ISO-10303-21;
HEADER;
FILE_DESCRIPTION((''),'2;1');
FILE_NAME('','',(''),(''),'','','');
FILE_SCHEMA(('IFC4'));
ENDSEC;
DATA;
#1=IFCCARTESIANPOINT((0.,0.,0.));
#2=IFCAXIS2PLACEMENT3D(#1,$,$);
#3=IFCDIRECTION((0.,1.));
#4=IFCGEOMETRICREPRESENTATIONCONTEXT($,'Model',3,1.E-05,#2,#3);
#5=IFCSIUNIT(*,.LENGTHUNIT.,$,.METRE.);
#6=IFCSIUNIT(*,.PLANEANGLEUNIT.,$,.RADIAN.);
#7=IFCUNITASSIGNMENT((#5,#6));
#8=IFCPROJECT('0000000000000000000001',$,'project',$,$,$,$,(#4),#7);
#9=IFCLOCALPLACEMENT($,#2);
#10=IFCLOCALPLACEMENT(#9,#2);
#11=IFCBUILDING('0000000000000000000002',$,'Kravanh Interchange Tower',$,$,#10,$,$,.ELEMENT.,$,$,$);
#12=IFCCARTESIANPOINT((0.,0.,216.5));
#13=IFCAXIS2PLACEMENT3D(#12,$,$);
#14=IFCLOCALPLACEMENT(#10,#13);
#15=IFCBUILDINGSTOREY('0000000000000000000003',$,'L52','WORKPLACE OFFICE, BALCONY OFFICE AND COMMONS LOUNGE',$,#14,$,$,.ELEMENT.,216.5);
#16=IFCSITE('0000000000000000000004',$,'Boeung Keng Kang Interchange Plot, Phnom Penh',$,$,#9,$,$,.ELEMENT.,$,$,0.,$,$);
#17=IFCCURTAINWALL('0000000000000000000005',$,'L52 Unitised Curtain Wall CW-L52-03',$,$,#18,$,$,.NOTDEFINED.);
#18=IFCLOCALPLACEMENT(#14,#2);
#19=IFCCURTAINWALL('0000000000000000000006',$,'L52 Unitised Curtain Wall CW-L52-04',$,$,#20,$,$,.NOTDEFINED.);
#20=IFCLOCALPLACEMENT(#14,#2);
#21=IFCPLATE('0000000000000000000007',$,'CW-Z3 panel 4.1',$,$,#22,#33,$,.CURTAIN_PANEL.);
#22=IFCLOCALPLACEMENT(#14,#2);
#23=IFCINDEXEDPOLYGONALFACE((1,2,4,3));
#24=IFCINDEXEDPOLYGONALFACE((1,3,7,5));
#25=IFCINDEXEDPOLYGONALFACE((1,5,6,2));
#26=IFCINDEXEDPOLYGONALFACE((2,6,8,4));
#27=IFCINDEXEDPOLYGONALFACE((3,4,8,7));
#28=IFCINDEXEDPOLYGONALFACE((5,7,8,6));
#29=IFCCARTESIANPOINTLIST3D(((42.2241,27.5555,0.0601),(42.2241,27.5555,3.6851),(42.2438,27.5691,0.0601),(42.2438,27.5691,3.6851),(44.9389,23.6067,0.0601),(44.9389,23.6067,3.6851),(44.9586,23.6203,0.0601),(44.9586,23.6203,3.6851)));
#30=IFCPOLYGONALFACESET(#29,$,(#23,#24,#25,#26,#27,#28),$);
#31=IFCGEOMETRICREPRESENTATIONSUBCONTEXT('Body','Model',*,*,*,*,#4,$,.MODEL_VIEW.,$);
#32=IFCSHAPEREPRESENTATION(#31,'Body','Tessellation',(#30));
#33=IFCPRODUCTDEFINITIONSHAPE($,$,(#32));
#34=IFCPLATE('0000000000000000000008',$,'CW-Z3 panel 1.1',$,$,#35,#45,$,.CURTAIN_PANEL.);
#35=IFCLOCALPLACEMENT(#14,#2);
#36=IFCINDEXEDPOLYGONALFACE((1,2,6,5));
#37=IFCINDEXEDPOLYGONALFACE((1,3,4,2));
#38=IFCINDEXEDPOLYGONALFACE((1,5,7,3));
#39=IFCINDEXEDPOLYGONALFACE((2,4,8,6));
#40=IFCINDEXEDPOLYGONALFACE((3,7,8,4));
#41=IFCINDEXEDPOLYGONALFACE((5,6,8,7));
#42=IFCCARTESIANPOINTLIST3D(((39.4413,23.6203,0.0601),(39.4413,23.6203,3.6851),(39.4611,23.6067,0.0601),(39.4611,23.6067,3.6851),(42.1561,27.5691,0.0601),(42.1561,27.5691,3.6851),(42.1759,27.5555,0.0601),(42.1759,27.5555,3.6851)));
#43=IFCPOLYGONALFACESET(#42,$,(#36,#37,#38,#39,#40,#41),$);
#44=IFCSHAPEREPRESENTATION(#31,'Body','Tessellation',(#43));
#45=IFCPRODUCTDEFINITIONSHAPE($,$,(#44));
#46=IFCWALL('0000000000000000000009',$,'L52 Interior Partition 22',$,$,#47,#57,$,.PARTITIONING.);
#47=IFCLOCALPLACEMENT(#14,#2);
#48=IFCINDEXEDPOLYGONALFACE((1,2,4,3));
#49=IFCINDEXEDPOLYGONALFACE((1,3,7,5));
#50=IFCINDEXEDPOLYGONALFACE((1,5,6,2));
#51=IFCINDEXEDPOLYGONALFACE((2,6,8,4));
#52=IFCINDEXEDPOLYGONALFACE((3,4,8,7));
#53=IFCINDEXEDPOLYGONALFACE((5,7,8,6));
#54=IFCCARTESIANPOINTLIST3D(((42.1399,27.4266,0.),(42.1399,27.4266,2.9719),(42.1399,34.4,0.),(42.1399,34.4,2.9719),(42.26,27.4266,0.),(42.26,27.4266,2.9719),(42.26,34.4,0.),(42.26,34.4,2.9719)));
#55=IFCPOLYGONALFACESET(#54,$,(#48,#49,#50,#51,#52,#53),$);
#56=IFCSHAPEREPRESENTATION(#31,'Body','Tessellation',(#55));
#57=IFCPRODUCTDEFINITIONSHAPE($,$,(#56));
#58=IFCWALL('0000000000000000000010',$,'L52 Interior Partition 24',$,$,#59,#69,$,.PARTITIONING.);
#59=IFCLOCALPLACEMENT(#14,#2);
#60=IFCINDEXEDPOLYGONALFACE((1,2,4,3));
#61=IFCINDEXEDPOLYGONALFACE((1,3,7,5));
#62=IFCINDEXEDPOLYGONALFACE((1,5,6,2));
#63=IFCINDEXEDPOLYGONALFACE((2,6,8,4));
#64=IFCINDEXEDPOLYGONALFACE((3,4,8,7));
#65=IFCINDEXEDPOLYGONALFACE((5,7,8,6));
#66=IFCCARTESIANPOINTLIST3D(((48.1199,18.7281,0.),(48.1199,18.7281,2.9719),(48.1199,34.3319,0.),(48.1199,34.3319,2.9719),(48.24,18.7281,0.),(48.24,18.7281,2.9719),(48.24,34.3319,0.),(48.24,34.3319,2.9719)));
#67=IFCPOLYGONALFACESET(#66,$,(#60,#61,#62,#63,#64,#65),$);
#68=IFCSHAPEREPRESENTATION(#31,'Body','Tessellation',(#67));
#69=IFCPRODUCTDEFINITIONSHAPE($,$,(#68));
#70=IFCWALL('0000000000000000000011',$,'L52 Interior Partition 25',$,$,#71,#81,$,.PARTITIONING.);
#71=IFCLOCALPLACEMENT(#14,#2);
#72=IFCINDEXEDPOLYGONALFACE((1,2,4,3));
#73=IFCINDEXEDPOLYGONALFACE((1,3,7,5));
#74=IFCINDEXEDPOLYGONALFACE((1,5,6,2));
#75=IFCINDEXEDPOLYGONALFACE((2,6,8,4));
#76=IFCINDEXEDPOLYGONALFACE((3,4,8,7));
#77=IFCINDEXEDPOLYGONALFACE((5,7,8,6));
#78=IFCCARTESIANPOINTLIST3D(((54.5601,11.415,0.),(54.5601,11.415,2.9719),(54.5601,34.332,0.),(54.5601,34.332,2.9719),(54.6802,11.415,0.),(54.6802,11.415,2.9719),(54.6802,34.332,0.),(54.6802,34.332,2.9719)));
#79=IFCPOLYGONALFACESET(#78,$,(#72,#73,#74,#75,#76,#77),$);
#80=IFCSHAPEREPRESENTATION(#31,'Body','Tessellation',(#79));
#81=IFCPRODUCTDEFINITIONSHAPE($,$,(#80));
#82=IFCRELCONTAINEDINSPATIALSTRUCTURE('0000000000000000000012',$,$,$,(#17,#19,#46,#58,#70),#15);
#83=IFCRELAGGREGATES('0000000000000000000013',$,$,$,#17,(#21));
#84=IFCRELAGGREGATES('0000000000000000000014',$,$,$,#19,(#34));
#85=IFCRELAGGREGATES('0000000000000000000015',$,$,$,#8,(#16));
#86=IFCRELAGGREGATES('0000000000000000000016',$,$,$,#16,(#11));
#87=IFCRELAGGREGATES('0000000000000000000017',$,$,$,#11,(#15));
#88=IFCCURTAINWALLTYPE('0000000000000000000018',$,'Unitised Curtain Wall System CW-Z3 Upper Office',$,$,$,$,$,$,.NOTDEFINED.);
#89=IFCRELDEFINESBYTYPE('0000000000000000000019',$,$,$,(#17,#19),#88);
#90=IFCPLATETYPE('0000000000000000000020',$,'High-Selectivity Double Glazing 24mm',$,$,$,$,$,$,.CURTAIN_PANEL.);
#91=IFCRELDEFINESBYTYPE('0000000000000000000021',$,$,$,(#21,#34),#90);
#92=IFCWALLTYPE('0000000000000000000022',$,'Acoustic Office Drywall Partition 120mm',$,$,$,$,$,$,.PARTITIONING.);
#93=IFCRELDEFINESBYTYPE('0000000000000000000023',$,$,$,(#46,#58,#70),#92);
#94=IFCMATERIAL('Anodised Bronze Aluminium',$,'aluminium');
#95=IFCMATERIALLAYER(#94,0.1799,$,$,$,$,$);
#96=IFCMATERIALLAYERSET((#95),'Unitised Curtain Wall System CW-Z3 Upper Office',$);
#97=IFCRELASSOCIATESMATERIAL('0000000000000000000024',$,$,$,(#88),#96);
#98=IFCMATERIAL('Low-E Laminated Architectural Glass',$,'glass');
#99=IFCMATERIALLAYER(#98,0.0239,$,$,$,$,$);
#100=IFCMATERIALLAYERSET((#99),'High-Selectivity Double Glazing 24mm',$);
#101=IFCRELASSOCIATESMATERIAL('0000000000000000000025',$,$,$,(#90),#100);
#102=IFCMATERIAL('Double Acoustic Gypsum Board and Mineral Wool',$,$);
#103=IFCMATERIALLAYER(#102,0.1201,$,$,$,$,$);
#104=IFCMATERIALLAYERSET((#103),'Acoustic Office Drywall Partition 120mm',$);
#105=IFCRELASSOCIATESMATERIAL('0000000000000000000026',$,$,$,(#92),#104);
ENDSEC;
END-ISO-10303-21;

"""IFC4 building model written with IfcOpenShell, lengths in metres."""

from ifc_helpers import new_model, si_unit, direction, frame, frame_2d, origin, origin_2d, place, context, subcontext, project, spatial, rectangle, extrude, material, layer, layer_set, type_object, element, aggregate, save


model = new_model("IFC4")

# Units and contexts
model_context = context("Model", 3, precision=1e-05, world=origin(), true_north=direction((0.0, 1.0)))
body_context = subcontext(model_context, "Body", "Model", "MODEL_VIEW")
ifc_project = project(units=[si_unit("LENGTHUNIT", "METRE"), si_unit("PLANEANGLEUNIT", "RADIAN")], contexts=[model_context])

# Site, building, storey
site_placement = place(None, origin())
site = spatial("IfcSite", under=ifc_project, at=site_placement, Name="Boeung Keng Kang Interchange Plot, Phnom Penh", CompositionType="ELEMENT", RefElevation=0.0)
building_placement = place(site_placement, origin())
building = spatial("IfcBuilding", under=site, at=building_placement, Name="Kravanh Interchange Tower", CompositionType="ELEMENT")
storey_placement = place(building_placement, frame((0.0, 0.0, 216.5)))
storey = spatial("IfcBuildingStorey", under=building, at=storey_placement, Name="L52", Description="WORKPLACE OFFICE, BALCONY OFFICE AND COMMONS LOUNGE", CompositionType="ELEMENT", Elevation=216.5)

# Shared definitions
ifc_material_1 = material(Name="Anodised Bronze Aluminium", Category="aluminium")
ifc_layer_1 = layer(ifc_material_1, 0.1799)
ifc_layer_set_1 = layer_set([ifc_layer_1], Name="Unitised Curtain Wall System CW-Z3 Upper Office")
curtain_wall_type = type_object("IfcCurtainWallType", Name="Unitised Curtain Wall System CW-Z3 Upper Office", PredefinedType="NOTDEFINED", material=ifc_layer_set_1)

# Curtain walls
curtain_wall_1_placement = place(storey_placement, origin())
curtain_wall_1 = element("IfcCurtainWall", 1, at=curtain_wall_1_placement, inside=storey, type_object=curtain_wall_type, Name="L52 Unitised Curtain Wall CW-L52-03", PredefinedType="NOTDEFINED")
curtain_wall_2_placement = place(storey_placement, origin())
curtain_wall_2 = element("IfcCurtainWall", 2, at=curtain_wall_2_placement, inside=storey, type_object=curtain_wall_type, Name="L52 Unitised Curtain Wall CW-L52-04", PredefinedType="NOTDEFINED")

# Plates
ifc_material_2 = material(Name="Low-E Laminated Architectural Glass", Category="glass")
ifc_layer_2 = layer(ifc_material_2, 0.0239)
ifc_layer_set_2 = layer_set([ifc_layer_2], Name="High-Selectivity Double Glazing 24mm")
plate_type = type_object("IfcPlateType", Name="High-Selectivity Double Glazing 24mm", PredefinedType="CURTAIN_PANEL", material=ifc_layer_set_2)
plate_1_placement = place(storey_placement, frame((43.5913, 25.5879, 0.0601), z_axis=(0.0, 0.0, 1.0), x_axis=(-0.566528, 0.824042, 0.0)))
plate_1 = element("IfcPlate", 3, at=plate_1_placement, type_object=plate_type, Name="CW-Z3 panel 4.1", PredefinedType="CURTAIN_PANEL", context=body_context, shape_type="SweptSolid", body=[
    extrude(rectangle(XDim=4.792, YDim=0.0239, at=origin_2d()), origin(), (0.0, 0.0, 1.0), 3.625),
])
aggregate(curtain_wall_1, [plate_1])
plate_2_placement = place(storey_placement, frame((40.8086, 25.5879, 0.0601), z_axis=(0.0, 0.0, 1.0), x_axis=(-0.566528, -0.824042, 0.0)))
plate_2 = element("IfcPlate", 4, at=plate_2_placement, type_object=plate_type, Name="CW-Z3 panel 1.1", PredefinedType="CURTAIN_PANEL", context=body_context, shape_type="SweptSolid", body=[
    extrude(rectangle(XDim=4.792, YDim=0.0239, at=origin_2d()), origin(), (0.0, 0.0, 1.0), 3.625),
])
aggregate(curtain_wall_2, [plate_2])

# Walls
ifc_material_3 = material(Name="Double Acoustic Gypsum Board and Mineral Wool")
ifc_layer_3 = layer(ifc_material_3, 0.1201)
ifc_layer_set_3 = layer_set([ifc_layer_3], Name="Acoustic Office Drywall Partition 120mm")
wall_type = type_object("IfcWallType", Name="Acoustic Office Drywall Partition 120mm", PredefinedType="PARTITIONING", material=ifc_layer_set_3)
wall_1_placement = place(storey_placement, frame((42.2, 27.4265, 0.0), z_axis=(0.0, 0.0, 1.0), x_axis=(0.0, 1.0, 0.0)))
element("IfcWall", 5, at=wall_1_placement, inside=storey, type_object=wall_type, Name="L52 Interior Partition 22", PredefinedType="PARTITIONING", context=body_context, shape_type="SweptSolid", body=[
    extrude(rectangle(XDim=6.9734, YDim=0.1201, at=frame_2d((3.4868, 0.0))), origin(), (0.0, 0.0, 1.0), 2.9719),
])
wall_2_placement = place(storey_placement, frame((48.1799, 18.7283, 0.0), z_axis=(0.0, 0.0, 1.0), x_axis=(0.0, 1.0, 0.0)))
element("IfcWall", 6, at=wall_2_placement, inside=storey, type_object=wall_type, Name="L52 Interior Partition 24", PredefinedType="PARTITIONING", context=body_context, shape_type="SweptSolid", body=[
    extrude(rectangle(XDim=15.6038, YDim=0.1201, at=frame_2d((7.8018, 0.0))), origin(), (0.0, 0.0, 1.0), 2.9719),
])
wall_3_placement = place(storey_placement, frame((54.6201, 11.415, 0.0), z_axis=(0.0, 0.0, 1.0), x_axis=(0.0, 1.0, 0.0)))
element("IfcWall", 7, at=wall_3_placement, inside=storey, type_object=wall_type, Name="L52 Interior Partition 25", PredefinedType="PARTITIONING", context=body_context, shape_type="SweptSolid", body=[
    extrude(rectangle(XDim=22.917, YDim=0.1201, at=frame_2d((11.4585, 0.0))), origin(), (0.0, 0.0, 1.0), 2.9719),
])

save(model, "model.ifc")
